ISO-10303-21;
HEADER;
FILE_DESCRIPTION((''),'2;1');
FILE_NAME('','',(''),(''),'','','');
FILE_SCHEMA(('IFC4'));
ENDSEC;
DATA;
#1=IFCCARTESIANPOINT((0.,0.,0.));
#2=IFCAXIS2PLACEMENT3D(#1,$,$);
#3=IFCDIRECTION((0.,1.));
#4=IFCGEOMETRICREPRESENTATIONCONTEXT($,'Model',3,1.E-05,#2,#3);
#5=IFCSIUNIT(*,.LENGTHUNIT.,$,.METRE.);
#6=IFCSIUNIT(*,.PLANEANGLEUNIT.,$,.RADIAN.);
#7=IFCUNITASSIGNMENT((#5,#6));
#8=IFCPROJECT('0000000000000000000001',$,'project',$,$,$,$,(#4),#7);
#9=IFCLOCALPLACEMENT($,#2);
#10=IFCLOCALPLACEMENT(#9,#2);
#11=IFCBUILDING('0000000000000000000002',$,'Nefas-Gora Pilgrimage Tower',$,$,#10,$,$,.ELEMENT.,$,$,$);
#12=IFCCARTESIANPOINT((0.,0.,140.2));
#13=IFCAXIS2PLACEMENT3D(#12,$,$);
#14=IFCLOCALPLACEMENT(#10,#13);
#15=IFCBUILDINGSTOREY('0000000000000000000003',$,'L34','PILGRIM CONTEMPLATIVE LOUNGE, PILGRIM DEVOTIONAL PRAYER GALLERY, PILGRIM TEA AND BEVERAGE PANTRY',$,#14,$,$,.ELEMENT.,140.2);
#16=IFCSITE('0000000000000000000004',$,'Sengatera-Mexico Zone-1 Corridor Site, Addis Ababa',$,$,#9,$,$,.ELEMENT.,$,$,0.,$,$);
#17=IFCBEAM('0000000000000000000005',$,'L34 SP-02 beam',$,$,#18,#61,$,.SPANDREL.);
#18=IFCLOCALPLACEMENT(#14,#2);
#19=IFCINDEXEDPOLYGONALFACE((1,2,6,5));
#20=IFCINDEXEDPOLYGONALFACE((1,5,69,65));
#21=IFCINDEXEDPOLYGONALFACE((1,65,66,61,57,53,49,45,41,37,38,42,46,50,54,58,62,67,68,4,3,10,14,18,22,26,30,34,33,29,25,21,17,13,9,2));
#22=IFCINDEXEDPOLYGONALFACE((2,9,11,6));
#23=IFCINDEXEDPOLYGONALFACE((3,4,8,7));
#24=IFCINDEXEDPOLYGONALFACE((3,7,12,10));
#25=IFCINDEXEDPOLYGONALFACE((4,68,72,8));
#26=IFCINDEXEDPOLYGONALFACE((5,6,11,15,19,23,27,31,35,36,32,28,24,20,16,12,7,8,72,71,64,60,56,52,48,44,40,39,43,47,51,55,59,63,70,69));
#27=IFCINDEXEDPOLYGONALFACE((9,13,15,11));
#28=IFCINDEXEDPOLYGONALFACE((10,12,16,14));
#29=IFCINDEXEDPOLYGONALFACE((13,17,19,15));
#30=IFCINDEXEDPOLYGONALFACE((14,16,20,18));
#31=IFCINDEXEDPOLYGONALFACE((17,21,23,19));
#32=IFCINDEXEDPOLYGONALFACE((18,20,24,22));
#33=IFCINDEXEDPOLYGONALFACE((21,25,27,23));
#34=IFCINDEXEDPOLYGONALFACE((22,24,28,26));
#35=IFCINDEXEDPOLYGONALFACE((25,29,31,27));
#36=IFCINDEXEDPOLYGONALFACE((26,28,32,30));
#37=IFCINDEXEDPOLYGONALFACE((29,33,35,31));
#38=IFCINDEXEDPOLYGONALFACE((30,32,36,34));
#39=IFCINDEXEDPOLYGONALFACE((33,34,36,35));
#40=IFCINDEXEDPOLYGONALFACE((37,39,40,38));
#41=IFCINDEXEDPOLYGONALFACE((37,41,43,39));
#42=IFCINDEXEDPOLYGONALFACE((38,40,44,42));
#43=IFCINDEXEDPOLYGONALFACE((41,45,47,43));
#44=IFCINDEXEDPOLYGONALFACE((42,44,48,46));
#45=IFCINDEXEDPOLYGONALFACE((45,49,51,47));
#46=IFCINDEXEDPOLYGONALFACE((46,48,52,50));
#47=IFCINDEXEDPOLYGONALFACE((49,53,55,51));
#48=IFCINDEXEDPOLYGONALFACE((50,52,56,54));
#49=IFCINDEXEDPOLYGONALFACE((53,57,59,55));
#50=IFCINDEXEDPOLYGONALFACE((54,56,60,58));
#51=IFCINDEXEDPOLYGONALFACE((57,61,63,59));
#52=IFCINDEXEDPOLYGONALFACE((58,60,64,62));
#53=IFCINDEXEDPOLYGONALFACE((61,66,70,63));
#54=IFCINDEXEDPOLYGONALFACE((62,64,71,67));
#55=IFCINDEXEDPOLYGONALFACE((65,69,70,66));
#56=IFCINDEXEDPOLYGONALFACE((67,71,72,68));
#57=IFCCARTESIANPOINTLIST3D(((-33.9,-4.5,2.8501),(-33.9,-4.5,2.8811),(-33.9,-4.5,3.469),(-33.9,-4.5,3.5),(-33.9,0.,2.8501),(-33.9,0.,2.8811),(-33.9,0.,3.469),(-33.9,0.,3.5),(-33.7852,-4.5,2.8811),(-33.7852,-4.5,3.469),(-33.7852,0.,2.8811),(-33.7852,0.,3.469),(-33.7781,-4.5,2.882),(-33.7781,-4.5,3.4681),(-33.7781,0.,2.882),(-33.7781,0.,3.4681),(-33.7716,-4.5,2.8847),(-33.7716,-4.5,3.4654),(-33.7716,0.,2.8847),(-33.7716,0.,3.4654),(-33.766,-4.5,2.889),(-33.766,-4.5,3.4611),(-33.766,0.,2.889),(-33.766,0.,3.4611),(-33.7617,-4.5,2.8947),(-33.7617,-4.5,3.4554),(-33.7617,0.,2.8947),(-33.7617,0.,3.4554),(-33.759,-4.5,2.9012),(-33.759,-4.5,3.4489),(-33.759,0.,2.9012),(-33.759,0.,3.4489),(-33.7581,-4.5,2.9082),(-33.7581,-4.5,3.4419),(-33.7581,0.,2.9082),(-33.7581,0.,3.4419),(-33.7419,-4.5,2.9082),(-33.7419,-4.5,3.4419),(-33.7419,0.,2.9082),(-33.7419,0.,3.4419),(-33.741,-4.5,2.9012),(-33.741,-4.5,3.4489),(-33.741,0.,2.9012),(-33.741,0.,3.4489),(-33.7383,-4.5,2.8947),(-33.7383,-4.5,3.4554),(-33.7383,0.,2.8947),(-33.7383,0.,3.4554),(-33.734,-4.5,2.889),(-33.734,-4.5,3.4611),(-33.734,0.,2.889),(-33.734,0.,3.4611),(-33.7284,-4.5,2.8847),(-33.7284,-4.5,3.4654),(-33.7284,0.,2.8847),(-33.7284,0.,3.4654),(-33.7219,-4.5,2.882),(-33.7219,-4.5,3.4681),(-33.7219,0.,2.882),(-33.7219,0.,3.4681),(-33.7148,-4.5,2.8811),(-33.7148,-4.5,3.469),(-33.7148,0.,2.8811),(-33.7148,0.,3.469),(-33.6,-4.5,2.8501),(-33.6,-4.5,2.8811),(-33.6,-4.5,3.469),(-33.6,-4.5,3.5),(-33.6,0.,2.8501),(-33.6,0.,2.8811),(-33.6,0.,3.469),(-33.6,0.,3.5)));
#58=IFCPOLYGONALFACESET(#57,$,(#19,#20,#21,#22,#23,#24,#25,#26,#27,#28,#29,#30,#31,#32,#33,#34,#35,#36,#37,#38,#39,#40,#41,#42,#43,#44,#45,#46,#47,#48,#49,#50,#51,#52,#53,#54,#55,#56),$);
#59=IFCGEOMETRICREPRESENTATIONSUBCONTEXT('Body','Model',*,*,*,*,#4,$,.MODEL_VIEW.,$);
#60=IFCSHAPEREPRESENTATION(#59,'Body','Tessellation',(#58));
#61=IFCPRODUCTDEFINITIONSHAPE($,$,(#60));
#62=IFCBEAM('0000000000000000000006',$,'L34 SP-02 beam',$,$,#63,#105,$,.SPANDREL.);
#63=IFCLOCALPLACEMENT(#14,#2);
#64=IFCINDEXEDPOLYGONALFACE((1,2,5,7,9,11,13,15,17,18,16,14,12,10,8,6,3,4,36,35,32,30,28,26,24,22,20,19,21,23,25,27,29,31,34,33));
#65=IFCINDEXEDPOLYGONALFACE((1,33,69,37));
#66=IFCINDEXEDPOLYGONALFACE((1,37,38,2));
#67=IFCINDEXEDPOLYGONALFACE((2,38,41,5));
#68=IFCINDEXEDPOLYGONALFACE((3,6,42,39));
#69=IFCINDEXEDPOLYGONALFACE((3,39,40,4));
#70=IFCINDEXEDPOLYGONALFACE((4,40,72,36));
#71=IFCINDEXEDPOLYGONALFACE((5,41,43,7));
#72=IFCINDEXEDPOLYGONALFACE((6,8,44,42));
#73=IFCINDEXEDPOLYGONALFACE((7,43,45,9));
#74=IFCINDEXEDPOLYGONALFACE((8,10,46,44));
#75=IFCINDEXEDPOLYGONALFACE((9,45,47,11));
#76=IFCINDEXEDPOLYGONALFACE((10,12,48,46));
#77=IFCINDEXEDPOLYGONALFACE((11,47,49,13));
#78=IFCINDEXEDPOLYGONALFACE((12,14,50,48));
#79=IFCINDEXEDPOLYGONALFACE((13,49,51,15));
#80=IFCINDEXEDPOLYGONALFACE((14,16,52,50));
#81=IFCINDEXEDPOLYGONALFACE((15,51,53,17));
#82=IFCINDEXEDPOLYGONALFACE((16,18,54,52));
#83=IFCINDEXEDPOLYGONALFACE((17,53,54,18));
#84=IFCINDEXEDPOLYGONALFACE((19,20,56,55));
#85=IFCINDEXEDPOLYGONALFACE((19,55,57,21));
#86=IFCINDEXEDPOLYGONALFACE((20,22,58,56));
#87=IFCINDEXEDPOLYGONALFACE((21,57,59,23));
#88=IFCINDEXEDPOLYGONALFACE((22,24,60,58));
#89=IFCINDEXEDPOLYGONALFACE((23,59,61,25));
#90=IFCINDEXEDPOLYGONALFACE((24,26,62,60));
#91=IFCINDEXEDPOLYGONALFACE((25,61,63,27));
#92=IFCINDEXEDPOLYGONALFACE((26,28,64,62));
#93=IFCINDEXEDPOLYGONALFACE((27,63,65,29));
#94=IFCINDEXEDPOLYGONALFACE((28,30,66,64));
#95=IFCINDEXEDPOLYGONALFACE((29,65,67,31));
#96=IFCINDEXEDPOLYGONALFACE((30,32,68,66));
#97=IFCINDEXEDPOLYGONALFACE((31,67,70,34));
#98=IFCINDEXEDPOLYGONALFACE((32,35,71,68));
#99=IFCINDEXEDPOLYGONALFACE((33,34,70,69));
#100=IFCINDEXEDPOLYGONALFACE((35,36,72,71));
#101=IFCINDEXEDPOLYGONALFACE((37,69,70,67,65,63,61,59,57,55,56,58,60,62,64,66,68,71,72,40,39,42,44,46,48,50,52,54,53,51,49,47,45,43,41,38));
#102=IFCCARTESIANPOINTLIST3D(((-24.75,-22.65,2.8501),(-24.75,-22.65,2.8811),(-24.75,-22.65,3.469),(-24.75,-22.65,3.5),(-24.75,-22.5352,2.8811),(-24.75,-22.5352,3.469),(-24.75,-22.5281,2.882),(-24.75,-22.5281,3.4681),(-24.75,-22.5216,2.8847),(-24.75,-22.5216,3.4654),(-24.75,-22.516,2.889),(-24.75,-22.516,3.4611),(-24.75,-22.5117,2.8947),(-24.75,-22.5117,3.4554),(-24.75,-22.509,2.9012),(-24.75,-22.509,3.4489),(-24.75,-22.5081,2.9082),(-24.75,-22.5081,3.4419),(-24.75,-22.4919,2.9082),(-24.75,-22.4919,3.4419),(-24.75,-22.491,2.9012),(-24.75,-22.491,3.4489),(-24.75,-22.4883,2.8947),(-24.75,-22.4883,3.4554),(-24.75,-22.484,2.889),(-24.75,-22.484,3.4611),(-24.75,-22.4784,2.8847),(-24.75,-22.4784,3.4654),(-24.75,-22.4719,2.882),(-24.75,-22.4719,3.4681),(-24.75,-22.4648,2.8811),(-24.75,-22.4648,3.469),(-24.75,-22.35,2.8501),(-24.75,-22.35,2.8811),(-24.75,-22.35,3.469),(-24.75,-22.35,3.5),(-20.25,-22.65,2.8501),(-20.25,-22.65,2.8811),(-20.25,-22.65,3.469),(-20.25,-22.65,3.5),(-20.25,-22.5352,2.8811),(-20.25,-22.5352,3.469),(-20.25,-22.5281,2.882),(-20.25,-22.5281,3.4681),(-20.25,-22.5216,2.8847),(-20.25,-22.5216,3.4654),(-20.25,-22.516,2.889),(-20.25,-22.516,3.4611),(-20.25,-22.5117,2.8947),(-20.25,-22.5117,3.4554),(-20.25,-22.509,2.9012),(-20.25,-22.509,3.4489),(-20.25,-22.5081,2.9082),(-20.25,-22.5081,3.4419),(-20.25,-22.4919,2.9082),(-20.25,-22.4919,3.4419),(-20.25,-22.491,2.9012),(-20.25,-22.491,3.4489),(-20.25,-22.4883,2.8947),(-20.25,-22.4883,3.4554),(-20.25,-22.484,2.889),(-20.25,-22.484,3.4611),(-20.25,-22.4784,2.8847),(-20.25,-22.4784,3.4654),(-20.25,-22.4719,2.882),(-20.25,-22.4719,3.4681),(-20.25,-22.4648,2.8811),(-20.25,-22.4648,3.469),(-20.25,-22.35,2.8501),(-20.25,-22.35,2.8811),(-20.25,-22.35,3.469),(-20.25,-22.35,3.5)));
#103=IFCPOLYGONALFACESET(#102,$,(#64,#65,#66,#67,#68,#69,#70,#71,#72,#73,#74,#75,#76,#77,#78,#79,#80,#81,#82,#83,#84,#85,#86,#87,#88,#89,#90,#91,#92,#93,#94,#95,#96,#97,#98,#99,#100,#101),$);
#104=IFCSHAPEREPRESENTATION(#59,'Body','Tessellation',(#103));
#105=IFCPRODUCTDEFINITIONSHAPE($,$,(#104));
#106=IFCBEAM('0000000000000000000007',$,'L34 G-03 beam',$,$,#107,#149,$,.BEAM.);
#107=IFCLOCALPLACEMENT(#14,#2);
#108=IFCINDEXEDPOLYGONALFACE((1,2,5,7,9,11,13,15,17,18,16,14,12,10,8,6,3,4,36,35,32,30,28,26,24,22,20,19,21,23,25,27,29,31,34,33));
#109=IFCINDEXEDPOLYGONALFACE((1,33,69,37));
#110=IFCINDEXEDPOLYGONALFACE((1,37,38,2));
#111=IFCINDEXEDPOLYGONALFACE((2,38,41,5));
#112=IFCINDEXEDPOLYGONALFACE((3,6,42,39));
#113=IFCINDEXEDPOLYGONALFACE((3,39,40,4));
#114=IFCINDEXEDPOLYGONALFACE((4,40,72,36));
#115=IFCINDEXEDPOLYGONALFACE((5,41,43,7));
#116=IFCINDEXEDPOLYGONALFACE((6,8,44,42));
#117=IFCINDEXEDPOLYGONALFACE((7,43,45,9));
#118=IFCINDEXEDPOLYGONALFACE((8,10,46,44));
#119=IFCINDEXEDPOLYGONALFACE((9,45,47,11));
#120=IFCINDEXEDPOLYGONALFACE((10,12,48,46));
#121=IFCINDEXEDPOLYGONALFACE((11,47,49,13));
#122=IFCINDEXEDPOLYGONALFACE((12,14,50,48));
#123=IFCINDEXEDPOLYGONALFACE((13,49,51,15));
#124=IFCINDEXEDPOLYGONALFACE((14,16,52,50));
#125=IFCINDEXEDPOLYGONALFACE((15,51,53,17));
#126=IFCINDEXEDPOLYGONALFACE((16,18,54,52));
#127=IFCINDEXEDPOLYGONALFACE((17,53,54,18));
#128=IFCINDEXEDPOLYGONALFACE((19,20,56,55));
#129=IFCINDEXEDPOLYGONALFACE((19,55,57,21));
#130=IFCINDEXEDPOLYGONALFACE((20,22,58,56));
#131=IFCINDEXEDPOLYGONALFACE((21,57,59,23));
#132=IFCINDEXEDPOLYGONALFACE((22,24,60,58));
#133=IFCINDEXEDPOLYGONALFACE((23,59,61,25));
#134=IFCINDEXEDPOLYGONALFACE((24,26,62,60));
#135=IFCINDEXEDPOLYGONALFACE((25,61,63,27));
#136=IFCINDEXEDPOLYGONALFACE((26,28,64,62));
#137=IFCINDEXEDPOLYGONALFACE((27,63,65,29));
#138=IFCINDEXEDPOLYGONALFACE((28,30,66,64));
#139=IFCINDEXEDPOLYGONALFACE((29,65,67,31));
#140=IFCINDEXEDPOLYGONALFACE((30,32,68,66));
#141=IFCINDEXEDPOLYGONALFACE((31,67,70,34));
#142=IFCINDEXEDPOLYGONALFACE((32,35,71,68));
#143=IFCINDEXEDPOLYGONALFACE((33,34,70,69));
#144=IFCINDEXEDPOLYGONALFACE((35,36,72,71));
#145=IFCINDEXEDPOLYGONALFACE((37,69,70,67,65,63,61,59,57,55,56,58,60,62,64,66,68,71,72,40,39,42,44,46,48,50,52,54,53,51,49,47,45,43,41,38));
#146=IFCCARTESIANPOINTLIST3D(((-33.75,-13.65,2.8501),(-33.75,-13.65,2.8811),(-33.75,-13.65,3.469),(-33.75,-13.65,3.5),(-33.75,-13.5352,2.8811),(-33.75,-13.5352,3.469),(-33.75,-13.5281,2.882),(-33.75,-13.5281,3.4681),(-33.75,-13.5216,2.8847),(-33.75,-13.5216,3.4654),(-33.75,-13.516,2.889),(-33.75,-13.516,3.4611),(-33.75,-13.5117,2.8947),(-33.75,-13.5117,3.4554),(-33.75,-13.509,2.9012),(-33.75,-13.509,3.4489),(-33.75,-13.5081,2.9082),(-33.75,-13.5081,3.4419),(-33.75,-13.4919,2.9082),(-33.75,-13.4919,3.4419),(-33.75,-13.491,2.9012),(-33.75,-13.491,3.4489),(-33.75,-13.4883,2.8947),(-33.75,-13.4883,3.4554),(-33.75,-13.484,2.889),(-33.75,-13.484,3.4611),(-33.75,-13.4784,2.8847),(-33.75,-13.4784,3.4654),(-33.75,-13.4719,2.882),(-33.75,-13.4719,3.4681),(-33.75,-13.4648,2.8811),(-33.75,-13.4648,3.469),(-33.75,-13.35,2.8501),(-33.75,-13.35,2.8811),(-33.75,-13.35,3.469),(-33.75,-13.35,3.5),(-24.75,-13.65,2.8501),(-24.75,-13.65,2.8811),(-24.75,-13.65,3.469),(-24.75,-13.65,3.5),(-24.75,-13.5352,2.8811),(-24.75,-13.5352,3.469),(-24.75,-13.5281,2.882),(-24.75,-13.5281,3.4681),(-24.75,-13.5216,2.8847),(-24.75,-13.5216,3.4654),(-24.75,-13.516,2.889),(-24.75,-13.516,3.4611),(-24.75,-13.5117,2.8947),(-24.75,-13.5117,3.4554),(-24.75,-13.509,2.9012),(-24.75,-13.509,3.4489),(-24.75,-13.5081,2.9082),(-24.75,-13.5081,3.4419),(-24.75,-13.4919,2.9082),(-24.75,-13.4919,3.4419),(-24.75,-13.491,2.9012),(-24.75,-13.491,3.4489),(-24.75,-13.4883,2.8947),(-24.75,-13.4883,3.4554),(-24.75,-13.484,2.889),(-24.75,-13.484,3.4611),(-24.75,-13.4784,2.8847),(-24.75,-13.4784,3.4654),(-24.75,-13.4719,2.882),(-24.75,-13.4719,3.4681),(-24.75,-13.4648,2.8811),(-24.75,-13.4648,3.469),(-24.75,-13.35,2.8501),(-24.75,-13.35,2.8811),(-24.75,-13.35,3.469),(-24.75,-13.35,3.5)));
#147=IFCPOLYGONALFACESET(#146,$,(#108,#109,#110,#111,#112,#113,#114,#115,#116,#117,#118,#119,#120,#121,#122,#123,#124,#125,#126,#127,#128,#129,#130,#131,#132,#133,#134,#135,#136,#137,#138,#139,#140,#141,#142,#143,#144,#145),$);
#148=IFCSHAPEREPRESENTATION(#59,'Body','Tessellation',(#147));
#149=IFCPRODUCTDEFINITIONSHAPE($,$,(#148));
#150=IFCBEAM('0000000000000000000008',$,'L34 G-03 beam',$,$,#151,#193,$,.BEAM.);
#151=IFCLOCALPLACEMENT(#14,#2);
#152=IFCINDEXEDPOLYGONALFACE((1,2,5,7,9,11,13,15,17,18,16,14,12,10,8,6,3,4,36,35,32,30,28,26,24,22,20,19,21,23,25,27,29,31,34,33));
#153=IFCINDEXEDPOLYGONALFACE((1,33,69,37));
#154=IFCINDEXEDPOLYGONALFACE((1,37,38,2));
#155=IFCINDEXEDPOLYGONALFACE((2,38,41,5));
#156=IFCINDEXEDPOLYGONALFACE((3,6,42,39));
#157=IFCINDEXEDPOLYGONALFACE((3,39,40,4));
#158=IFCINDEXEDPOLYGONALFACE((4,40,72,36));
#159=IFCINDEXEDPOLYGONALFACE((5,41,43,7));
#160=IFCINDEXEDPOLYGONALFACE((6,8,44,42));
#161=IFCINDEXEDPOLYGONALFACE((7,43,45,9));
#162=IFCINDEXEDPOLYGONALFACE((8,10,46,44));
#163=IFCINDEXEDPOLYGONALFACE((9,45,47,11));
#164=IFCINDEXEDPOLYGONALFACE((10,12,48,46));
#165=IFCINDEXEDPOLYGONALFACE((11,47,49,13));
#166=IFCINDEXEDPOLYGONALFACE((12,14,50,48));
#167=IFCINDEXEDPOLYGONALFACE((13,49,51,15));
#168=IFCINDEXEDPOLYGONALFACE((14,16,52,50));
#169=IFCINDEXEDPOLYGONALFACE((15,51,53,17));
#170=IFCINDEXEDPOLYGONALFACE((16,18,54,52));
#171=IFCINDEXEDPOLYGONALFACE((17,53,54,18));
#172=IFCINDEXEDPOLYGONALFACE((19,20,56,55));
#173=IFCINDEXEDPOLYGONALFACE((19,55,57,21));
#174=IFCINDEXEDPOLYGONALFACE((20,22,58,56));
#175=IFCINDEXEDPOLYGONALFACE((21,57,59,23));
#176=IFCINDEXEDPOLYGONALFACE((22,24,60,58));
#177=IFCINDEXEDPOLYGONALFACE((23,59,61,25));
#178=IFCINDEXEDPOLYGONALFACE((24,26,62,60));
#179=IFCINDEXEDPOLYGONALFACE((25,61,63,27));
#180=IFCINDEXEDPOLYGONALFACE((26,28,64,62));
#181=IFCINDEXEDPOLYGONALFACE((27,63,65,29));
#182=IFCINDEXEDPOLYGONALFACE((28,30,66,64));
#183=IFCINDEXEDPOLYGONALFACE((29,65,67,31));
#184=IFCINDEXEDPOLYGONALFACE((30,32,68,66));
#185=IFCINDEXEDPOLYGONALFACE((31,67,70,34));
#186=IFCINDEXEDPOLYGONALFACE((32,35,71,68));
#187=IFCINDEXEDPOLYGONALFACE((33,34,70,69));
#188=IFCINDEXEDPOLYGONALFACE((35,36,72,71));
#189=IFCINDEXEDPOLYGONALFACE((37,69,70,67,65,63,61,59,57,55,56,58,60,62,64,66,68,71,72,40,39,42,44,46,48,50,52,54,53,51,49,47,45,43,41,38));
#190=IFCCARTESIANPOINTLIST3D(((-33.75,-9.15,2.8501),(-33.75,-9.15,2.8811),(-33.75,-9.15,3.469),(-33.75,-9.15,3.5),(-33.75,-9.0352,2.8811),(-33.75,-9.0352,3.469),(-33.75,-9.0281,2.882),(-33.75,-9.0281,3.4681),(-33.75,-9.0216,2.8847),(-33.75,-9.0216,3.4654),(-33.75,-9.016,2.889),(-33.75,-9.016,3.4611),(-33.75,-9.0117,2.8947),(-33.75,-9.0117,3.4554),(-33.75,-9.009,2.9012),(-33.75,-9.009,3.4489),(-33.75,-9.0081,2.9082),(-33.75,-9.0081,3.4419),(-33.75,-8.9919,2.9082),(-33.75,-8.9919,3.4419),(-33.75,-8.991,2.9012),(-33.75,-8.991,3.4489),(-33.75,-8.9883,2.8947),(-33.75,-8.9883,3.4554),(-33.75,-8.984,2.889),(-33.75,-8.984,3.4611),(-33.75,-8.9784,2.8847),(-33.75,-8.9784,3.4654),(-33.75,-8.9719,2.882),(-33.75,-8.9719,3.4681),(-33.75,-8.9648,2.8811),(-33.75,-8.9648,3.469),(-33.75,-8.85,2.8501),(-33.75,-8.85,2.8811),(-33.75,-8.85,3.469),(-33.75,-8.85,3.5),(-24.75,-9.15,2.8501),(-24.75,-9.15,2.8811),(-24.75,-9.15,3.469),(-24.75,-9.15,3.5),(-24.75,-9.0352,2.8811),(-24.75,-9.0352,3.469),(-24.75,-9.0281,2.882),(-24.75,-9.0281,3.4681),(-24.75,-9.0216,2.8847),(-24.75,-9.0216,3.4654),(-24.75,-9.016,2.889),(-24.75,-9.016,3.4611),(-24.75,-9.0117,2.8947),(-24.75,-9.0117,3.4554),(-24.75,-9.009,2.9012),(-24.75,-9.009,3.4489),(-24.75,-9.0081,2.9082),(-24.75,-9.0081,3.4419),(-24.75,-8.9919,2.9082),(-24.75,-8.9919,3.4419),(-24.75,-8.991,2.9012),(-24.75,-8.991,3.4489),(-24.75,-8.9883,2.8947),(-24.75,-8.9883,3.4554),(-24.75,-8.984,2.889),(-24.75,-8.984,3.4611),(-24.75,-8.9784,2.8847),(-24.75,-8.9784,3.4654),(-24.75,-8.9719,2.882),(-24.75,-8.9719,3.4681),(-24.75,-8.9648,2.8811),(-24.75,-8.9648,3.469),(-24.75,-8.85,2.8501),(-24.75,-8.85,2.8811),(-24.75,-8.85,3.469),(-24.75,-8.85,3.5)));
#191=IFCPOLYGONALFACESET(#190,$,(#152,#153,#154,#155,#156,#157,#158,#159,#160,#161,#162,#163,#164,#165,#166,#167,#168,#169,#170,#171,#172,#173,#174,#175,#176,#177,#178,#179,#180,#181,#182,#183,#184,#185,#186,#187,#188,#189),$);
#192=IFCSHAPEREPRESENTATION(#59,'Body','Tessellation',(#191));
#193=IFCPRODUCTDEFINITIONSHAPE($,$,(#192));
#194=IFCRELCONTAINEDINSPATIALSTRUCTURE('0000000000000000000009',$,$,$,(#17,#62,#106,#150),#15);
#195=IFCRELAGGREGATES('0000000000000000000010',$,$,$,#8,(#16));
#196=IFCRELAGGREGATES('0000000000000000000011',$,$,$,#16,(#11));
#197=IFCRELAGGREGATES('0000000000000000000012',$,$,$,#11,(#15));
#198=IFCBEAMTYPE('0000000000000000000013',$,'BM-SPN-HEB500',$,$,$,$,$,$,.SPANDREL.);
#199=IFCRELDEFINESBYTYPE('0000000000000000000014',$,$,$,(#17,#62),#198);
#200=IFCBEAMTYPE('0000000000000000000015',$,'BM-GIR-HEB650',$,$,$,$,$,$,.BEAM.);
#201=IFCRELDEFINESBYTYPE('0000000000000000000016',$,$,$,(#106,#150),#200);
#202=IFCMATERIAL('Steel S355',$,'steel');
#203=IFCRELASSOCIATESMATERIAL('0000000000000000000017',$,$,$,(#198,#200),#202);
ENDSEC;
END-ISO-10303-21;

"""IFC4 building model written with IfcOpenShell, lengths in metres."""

from ifc_helpers import new_model, si_unit, direction, frame, origin, origin_2d, place, context, subcontext, project, spatial, i_section, extrude, source, transform, mapped, material, material_profile, profile_set, type_object, element, save


model = new_model("IFC4")

# Units and contexts
model_context = context("Model", 3, precision=1e-05, world=origin(), true_north=direction((0.0, 1.0)))
body_context = subcontext(model_context, "Body", "Model", "MODEL_VIEW")
ifc_project = project(units=[si_unit("LENGTHUNIT", "METRE"), si_unit("PLANEANGLEUNIT", "RADIAN")], contexts=[model_context])

# Site, building, storey
site_placement = place(None, origin())
site = spatial("IfcSite", under=ifc_project, at=site_placement, Name="Sengatera-Mexico Zone-1 Corridor Site, Addis Ababa", CompositionType="ELEMENT", RefElevation=0.0)
building_placement = place(site_placement, origin())
building = spatial("IfcBuilding", under=site, at=building_placement, Name="Nefas-Gora Pilgrimage Tower", CompositionType="ELEMENT")
storey_placement = place(building_placement, frame((0.0, 0.0, 140.2)))
storey = spatial("IfcBuildingStorey", under=building, at=storey_placement, Name="L34", Description="PILGRIM CONTEMPLATIVE LOUNGE, PILGRIM DEVOTIONAL PRAYER GALLERY, PILGRIM TEA AND BEVERAGE PANTRY", CompositionType="ELEMENT", Elevation=140.2)

# Beams
ifc_material_1 = material(Name="Steel S355", Category="steel")
ifc_material_profile_1 = material_profile(ifc_material_1, i_section(OverallWidth=0.3, OverallDepth=0.6499, WebThickness=0.0161, FlangeThickness=0.031, FilletRadius=0.0271, at=origin_2d()), Name="HEB 650")
ifc_profile_set_1 = profile_set([ifc_material_profile_1], Name="Steel S355")
beam_type_1 = type_object("IfcBeamType", Name="BM-SPN-HEB500", PredefinedType="SPANDREL", material=ifc_profile_set_1)
shared_shape_1 = source(origin(), body_context, "Body", "SweptSolid", [
    extrude(i_section(OverallWidth=0.3, OverallDepth=0.6499, WebThickness=0.0161, FlangeThickness=0.031, FilletRadius=0.0271, at=origin_2d()), origin(), (0.0, 0.0, 1.0), 4.5),
])
for number, where, z_axis, x_axis, name in (
    (1, (-33.75, -4.5, 3.175), (0.0, 1.0, 0.0), (-1.0, 0.0, 0.0), "L34 SP-02 beam"),
    (2, (-24.75, -22.5, 3.175), (1.0, 0.0, 0.0), (0.0, 1.0, 0.0), "L34 SP-02 beam"),
):
    element("IfcBeam", number, at=place(storey_placement, frame(where, z_axis=z_axis, x_axis=x_axis)), inside=storey, type_object=beam_type_1, Name=name, PredefinedType="SPANDREL", context=body_context, shape_type="MappedRepresentation", body=[
        mapped(shared_shape_1, transform((0.0, 0.0, 0.0), x_axis=(1.0, 0.0, 0.0), y_axis=(0.0, 1.0, 0.0), z_axis=(0.0, 0.0, 1.0), scale=1.0)),
    ])
ifc_material_profile_2 = material_profile(ifc_material_1, i_section(OverallWidth=0.3, OverallDepth=0.6499, WebThickness=0.0161, FlangeThickness=0.031, FilletRadius=0.0271, at=origin_2d()), Name="HEB 650")
ifc_profile_set_2 = profile_set([ifc_material_profile_2], Name="Steel S355")
beam_type_2 = type_object("IfcBeamType", Name="BM-GIR-HEB650", PredefinedType="BEAM", material=ifc_profile_set_2)
shared_shape_2 = source(origin(), body_context, "Body", "SweptSolid", [
    extrude(i_section(OverallWidth=0.3, OverallDepth=0.6499, WebThickness=0.0161, FlangeThickness=0.031, FilletRadius=0.0271, at=origin_2d()), origin(), (0.0, 0.0, 1.0), 9.0),
])
for number, where, z_axis, x_axis, name in (
    (3, (-33.75, -13.5, 3.175), (1.0, 0.0, 0.0), (0.0, 1.0, 0.0), "L34 G-03 beam"),
    (4, (-33.75, -9.0, 3.175), (1.0, 0.0, 0.0), (0.0, 1.0, 0.0), "L34 G-03 beam"),
):
    element("IfcBeam", number, at=place(storey_placement, frame(where, z_axis=z_axis, x_axis=x_axis)), inside=storey, type_object=beam_type_2, Name=name, PredefinedType="BEAM", context=body_context, shape_type="MappedRepresentation", body=[
        mapped(shared_shape_2, transform((0.0, 0.0, 0.0), x_axis=(1.0, 0.0, 0.0), y_axis=(0.0, 1.0, 0.0), z_axis=(0.0, 0.0, 1.0), scale=1.0)),
    ])

save(model, "model.ifc")
